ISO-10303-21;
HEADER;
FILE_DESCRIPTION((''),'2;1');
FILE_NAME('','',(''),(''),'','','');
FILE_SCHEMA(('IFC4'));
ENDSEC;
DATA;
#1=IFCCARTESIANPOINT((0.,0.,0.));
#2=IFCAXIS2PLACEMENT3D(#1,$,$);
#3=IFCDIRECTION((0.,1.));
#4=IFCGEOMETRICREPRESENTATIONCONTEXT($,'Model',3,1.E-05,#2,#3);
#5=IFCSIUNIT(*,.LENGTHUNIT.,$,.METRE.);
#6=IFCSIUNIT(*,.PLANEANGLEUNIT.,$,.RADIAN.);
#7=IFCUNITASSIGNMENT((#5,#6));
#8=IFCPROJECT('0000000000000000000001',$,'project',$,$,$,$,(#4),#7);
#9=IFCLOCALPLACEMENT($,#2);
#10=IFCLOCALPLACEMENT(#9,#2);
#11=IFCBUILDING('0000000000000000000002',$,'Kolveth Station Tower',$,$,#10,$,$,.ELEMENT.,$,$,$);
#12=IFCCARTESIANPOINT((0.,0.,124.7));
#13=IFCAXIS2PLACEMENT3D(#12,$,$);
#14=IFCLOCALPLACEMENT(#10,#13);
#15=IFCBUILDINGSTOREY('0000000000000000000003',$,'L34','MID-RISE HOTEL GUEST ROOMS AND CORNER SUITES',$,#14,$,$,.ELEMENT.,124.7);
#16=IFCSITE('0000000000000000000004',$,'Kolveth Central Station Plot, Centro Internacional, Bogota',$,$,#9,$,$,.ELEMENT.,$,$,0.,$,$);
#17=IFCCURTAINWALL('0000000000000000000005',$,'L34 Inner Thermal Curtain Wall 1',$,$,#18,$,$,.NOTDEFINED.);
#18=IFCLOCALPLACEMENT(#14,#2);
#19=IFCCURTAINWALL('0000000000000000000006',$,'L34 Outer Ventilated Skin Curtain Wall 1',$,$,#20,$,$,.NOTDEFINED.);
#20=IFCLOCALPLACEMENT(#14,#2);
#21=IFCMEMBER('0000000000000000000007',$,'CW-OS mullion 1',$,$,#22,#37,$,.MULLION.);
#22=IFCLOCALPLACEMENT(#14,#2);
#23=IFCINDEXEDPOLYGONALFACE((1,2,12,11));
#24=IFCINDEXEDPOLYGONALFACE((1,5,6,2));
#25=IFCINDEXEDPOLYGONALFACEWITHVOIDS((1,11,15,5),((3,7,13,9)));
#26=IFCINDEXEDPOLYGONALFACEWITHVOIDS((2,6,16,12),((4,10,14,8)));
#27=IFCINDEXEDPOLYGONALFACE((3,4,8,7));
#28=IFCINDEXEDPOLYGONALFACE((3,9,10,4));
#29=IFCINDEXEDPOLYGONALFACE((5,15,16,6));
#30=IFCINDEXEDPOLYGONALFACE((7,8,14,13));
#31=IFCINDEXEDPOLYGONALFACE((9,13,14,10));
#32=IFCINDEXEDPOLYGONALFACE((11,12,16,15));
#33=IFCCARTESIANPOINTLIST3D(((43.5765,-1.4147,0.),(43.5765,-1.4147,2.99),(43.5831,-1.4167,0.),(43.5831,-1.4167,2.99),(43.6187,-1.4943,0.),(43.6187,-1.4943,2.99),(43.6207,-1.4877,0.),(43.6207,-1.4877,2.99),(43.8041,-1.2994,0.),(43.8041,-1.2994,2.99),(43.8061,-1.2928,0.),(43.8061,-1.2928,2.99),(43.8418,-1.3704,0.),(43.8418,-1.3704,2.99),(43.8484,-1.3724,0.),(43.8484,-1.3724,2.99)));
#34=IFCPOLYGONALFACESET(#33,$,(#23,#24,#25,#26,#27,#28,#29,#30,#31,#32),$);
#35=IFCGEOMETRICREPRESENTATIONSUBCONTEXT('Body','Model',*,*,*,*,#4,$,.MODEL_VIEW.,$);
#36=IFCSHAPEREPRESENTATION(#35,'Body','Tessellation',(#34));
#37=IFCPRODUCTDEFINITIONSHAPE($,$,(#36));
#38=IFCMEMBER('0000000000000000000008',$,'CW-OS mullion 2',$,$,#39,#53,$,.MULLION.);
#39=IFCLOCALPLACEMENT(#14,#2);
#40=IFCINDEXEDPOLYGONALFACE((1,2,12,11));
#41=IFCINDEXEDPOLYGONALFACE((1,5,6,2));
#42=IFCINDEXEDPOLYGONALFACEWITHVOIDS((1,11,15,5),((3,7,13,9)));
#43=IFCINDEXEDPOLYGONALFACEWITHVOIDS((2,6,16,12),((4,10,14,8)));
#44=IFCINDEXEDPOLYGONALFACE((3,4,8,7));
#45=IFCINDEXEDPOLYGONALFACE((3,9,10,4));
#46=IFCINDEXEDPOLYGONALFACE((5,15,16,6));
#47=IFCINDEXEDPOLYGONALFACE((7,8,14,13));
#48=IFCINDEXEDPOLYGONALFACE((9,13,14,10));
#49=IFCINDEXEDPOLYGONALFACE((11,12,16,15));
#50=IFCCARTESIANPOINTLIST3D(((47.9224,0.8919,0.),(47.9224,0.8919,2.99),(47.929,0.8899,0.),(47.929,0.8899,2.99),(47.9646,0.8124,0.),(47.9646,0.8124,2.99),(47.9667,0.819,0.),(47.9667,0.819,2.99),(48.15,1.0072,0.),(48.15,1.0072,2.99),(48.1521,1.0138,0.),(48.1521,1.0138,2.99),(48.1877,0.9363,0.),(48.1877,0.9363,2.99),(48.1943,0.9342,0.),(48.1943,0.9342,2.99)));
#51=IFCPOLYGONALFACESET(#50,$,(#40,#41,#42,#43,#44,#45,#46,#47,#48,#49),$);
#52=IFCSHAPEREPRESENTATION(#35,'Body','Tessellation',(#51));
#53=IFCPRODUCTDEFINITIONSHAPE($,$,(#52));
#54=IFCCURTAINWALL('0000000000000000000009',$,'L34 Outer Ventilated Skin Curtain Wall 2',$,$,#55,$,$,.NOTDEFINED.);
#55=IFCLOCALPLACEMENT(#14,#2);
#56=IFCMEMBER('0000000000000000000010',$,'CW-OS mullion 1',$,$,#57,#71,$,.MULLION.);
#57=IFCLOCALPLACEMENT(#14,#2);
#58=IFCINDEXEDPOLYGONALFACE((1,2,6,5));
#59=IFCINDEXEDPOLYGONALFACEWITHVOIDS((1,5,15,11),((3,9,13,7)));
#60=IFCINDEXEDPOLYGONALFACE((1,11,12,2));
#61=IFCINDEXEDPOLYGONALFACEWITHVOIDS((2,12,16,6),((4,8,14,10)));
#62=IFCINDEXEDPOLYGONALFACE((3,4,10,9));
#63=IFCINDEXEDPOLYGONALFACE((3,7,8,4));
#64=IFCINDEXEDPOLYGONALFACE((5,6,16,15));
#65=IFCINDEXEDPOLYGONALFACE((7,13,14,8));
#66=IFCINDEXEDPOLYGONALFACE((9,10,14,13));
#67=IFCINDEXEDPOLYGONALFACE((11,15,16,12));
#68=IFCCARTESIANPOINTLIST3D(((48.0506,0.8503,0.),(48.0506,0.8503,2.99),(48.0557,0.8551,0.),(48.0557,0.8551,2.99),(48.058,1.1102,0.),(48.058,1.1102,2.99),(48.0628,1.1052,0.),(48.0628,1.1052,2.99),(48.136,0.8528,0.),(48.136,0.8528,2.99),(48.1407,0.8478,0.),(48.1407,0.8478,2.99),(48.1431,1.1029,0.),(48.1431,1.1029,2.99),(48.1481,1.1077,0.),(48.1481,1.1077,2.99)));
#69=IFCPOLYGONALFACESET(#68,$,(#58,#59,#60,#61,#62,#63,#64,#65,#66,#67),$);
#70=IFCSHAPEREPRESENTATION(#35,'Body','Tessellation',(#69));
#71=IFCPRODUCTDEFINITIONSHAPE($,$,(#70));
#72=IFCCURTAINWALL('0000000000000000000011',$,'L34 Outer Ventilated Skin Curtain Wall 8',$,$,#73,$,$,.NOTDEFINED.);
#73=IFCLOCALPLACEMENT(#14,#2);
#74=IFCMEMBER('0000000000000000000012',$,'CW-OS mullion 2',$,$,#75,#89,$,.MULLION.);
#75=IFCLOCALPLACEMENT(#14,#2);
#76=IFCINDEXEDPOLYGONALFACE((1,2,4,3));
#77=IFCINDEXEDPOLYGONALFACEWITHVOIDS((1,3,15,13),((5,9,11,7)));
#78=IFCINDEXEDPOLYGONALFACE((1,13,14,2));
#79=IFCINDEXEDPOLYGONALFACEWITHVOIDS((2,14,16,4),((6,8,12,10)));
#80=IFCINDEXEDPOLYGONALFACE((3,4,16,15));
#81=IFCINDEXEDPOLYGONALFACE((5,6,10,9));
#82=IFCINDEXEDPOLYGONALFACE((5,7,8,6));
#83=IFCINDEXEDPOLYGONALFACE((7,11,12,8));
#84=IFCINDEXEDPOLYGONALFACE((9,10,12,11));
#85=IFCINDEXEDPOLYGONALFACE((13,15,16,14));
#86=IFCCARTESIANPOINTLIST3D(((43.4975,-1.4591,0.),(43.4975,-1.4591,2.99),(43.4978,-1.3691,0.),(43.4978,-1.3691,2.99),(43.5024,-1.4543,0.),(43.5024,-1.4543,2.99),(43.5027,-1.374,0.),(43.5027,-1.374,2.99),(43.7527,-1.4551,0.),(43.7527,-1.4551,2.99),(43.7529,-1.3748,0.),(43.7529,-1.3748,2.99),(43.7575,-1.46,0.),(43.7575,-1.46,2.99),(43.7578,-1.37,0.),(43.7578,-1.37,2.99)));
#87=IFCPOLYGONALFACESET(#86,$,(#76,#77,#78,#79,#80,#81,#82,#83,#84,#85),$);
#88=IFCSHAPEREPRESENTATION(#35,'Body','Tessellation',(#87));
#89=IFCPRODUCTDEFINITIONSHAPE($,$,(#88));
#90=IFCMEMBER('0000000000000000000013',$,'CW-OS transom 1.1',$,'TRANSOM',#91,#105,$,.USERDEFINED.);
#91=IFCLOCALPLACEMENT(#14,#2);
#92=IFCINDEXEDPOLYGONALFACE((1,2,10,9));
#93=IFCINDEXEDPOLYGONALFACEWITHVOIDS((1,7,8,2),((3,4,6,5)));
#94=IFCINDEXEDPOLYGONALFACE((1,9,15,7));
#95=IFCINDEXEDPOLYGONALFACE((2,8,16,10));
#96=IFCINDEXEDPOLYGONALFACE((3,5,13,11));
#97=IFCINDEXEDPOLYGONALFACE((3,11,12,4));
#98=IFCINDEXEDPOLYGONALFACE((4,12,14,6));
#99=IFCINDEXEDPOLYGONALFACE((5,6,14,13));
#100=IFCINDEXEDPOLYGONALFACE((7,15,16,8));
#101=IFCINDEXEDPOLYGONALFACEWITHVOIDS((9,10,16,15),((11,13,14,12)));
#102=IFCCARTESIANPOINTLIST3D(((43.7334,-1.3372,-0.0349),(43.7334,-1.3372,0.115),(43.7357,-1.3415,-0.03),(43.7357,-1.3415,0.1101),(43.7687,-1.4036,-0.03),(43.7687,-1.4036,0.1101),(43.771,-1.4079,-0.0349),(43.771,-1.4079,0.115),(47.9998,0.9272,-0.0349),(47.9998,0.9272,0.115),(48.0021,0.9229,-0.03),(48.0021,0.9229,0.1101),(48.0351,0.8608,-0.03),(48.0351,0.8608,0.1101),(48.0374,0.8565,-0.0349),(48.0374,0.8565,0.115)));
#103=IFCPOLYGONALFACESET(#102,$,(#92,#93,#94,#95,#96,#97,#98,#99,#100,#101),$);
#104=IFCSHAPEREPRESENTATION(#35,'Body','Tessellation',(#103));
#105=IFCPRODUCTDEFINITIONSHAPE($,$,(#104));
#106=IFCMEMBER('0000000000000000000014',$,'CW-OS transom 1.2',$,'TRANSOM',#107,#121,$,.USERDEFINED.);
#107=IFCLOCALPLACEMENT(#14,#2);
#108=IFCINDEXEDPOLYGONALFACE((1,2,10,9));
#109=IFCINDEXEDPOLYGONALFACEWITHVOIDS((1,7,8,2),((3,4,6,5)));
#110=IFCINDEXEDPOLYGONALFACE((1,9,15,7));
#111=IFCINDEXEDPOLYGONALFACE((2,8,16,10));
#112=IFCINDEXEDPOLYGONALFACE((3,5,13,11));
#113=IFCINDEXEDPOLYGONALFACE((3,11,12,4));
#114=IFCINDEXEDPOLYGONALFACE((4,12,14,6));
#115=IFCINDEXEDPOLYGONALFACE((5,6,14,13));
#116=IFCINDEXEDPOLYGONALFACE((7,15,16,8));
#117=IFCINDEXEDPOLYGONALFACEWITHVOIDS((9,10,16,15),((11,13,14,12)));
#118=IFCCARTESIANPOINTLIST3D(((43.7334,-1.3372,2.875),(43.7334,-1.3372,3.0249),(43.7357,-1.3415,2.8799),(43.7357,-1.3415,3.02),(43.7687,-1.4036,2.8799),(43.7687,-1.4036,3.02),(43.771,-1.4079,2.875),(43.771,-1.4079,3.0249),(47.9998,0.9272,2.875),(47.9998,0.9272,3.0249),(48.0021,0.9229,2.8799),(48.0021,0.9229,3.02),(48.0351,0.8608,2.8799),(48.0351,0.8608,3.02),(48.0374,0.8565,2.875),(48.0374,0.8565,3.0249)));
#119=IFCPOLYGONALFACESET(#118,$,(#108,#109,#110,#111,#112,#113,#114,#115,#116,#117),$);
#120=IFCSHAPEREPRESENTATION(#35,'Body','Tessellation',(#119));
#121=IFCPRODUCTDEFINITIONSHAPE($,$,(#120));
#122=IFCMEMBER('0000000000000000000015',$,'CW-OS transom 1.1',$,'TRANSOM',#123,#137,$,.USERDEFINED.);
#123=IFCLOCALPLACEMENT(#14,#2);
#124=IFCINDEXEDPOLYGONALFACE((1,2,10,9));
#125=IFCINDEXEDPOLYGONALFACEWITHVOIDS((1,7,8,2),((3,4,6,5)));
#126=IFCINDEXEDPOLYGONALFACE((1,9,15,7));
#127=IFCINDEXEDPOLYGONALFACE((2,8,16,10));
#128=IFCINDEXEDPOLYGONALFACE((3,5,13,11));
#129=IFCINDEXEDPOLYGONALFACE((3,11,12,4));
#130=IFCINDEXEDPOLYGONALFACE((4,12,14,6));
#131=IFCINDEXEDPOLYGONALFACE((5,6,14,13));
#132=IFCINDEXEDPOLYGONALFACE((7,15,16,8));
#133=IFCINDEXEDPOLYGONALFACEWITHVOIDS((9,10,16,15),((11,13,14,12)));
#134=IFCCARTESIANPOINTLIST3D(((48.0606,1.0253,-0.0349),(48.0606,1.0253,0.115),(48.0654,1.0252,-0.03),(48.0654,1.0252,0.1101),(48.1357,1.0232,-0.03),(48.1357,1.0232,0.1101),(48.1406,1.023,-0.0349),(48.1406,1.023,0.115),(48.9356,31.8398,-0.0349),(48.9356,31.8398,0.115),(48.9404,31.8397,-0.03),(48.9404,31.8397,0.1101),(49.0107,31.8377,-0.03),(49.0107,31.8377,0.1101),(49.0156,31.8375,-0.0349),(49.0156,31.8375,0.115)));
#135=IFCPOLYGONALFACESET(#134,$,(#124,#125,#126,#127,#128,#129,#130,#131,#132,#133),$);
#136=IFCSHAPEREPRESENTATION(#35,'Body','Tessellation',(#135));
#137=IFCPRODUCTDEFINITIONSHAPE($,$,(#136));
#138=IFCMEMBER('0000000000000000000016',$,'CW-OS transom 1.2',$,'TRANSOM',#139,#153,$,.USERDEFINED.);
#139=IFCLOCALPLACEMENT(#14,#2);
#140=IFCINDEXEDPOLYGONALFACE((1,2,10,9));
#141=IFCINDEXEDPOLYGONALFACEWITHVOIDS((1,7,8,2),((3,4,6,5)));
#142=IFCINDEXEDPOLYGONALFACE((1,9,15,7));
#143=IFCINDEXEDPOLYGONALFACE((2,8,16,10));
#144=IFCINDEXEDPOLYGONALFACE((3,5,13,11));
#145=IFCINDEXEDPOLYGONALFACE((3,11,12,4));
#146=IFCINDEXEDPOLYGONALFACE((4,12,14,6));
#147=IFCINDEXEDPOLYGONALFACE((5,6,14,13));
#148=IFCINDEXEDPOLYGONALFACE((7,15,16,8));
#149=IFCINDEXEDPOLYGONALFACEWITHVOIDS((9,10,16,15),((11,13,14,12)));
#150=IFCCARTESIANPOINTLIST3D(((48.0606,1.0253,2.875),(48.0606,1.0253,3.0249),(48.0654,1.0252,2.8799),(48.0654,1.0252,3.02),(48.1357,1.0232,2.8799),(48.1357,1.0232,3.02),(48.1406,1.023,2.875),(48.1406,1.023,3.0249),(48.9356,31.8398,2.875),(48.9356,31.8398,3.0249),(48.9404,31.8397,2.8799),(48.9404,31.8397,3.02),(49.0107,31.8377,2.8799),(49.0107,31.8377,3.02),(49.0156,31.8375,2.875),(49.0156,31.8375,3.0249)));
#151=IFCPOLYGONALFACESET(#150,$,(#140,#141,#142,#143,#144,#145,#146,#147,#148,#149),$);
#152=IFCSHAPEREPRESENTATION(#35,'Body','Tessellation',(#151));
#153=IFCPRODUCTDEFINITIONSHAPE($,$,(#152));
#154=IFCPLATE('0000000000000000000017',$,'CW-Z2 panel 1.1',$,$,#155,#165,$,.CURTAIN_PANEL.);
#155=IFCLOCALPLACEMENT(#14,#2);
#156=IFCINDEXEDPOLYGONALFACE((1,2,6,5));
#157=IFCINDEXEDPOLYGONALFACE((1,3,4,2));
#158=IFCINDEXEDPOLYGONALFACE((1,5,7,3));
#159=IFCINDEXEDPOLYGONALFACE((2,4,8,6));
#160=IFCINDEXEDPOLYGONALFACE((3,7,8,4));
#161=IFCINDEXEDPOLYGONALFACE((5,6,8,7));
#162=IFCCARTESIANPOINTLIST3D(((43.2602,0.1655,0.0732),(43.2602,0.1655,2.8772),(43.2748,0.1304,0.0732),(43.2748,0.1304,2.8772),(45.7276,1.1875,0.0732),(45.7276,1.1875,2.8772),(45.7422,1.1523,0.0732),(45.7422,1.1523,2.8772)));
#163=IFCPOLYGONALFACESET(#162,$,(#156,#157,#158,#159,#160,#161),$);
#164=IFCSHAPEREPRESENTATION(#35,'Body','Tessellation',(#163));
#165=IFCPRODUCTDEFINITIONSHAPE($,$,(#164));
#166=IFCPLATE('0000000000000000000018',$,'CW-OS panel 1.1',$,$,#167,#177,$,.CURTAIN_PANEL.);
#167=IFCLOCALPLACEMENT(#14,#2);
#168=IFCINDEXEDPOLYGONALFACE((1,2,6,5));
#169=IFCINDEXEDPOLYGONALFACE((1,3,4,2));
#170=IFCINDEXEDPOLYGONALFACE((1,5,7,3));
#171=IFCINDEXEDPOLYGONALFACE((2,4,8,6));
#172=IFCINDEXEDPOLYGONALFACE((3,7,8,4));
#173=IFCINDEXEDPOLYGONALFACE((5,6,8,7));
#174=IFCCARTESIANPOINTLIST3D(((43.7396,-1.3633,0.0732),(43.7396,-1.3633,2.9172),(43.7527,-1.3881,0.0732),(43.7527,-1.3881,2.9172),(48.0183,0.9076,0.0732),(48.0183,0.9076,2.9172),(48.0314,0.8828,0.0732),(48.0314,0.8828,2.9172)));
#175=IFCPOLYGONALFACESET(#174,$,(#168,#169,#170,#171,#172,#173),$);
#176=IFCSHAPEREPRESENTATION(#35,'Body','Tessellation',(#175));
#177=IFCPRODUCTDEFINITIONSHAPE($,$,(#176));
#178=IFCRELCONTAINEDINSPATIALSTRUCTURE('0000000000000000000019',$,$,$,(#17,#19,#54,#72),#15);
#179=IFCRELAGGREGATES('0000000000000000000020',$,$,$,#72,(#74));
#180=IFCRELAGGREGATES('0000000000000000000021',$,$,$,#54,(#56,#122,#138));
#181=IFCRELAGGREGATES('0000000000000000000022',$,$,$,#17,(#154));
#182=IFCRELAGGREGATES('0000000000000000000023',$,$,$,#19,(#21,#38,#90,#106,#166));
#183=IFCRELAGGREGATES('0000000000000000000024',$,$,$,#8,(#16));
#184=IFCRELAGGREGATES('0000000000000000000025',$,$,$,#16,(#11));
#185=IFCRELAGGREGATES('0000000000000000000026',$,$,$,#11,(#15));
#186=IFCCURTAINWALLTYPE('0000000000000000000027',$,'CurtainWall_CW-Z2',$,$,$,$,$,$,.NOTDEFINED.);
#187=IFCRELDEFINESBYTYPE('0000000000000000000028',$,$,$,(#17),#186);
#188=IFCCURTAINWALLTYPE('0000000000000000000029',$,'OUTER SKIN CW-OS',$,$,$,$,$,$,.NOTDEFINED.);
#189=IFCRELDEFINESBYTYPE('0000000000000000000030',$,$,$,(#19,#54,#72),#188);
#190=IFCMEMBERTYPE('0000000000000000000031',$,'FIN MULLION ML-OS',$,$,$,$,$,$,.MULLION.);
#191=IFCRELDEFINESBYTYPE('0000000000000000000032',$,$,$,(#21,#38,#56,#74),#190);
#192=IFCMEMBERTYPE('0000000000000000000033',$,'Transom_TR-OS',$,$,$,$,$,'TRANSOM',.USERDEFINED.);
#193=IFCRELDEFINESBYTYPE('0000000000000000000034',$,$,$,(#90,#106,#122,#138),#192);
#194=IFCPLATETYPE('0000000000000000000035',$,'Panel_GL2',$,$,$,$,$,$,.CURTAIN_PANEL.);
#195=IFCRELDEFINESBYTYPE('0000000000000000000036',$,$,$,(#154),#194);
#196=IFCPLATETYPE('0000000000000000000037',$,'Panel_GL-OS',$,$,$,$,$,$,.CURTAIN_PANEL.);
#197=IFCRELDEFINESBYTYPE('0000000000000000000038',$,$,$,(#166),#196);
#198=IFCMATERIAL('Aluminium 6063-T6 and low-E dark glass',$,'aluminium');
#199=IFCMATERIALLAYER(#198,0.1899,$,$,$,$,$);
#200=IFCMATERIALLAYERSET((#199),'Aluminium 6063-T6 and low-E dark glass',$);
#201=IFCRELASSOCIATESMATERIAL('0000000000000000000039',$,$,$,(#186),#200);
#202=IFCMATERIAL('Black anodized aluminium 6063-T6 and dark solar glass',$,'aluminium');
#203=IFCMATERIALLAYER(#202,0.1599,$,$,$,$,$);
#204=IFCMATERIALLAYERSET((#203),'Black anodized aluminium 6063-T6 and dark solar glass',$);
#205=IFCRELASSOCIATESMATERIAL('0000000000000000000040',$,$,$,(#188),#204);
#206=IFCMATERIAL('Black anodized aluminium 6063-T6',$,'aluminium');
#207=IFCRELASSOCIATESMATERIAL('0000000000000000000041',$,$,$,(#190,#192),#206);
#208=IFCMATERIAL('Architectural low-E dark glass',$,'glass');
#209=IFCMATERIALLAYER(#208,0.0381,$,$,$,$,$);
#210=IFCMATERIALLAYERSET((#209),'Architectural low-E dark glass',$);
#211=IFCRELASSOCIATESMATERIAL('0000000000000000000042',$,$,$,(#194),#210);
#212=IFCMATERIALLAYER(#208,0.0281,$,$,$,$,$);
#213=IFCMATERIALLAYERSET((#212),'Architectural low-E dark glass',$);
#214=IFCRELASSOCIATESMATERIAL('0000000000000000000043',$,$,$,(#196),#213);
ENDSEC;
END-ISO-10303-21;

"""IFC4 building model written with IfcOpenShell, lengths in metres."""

from ifc_helpers import new_model, si_unit, direction, frame, origin, origin_2d, place, context, subcontext, project, spatial, rectangle, hollow_rectangle, extrude, source, transform, mapped, material, layer, layer_set, material_profile, profile_set, type_object, element, aggregate, save


model = new_model("IFC4")

# Units and contexts
model_context = context("Model", 3, precision=1e-05, world=origin(), true_north=direction((0.0, 1.0)))
body_context = subcontext(model_context, "Body", "Model", "MODEL_VIEW")
ifc_project = project(units=[si_unit("LENGTHUNIT", "METRE"), si_unit("PLANEANGLEUNIT", "RADIAN")], contexts=[model_context])

# Site, building, storey
site_placement = place(None, origin())
site = spatial("IfcSite", under=ifc_project, at=site_placement, Name="Kolveth Central Station Plot, Centro Internacional, Bogota", CompositionType="ELEMENT", RefElevation=0.0)
building_placement = place(site_placement, origin())
building = spatial("IfcBuilding", under=site, at=building_placement, Name="Kolveth Station Tower", CompositionType="ELEMENT")
storey_placement = place(building_placement, frame((0.0, 0.0, 124.7)))
storey = spatial("IfcBuildingStorey", under=building, at=storey_placement, Name="L34", Description="MID-RISE HOTEL GUEST ROOMS AND CORNER SUITES", CompositionType="ELEMENT", Elevation=124.7)

# Curtain wall
ifc_material_1 = material(Name="Aluminium 6063-T6 and low-E dark glass", Category="aluminium")
ifc_layer_1 = layer(ifc_material_1, 0.1899)
ifc_layer_set_1 = layer_set([ifc_layer_1], Name="Aluminium 6063-T6 and low-E dark glass")
curtain_wall_type_1 = type_object("IfcCurtainWallType", Name="CurtainWall_CW-Z2", PredefinedType="NOTDEFINED", material=ifc_layer_set_1)
curtain_wall_1_placement = place(storey_placement, origin())
curtain_wall_1 = element("IfcCurtainWall", 1, at=curtain_wall_1_placement, inside=storey, type_object=curtain_wall_type_1, Name="L34 Inner Thermal Curtain Wall 1", PredefinedType="NOTDEFINED")
ifc_material_2 = material(Name="Black anodized aluminium 6063-T6", Category="aluminium")

# Curtain wall, members
ifc_material_3 = material(Name="Black anodized aluminium 6063-T6 and dark solar glass", Category="aluminium")
ifc_layer_2 = layer(ifc_material_3, 0.1599)
ifc_layer_set_2 = layer_set([ifc_layer_2], Name="Black anodized aluminium 6063-T6 and dark solar glass")
curtain_wall_type_2 = type_object("IfcCurtainWallType", Name="OUTER SKIN CW-OS", PredefinedType="NOTDEFINED", material=ifc_layer_set_2)
curtain_wall_2_placement = place(storey_placement, origin())
curtain_wall_2 = element("IfcCurtainWall", 2, at=curtain_wall_2_placement, inside=storey, type_object=curtain_wall_type_2, Name="L34 Outer Ventilated Skin Curtain Wall 1", PredefinedType="NOTDEFINED")
ifc_material_profile_1 = material_profile(ifc_material_2, hollow_rectangle(XDim=0.0901, YDim=0.26, WallThickness=0.0049, at=origin_2d()), Name="ALU-90x260x5")
ifc_profile_set_1 = profile_set([ifc_material_profile_1], Name="Black anodized aluminium 6063-T6")
member_type_1 = type_object("IfcMemberType", Name="FIN MULLION ML-OS", PredefinedType="MULLION", material=ifc_profile_set_1)
shared_shape_1 = source(origin(), body_context, "Body", "SweptSolid", [
    extrude(hollow_rectangle(XDim=0.0901, YDim=0.26, WallThickness=0.0049, at=origin_2d()), origin(), (0.0, 0.0, 1.0), 2.99),
])
member_1_placement = place(storey_placement, frame((43.7124, -1.3936, 0.0), z_axis=(0.0, 0.0, 1.0), x_axis=(-0.468814, 0.883297, 0.0)))
member_1 = element("IfcMember", 3, at=member_1_placement, type_object=member_type_1, Name="CW-OS mullion 1", PredefinedType="MULLION", context=body_context, shape_type="MappedRepresentation", body=[
    mapped(shared_shape_1, transform((0.0, 0.0, 0.0), x_axis=(1.0, 0.0, 0.0), y_axis=(0.0, 1.0, 0.0), z_axis=(0.0, 0.0, 1.0), scale=1.0)),
])
member_2_placement = place(storey_placement, frame((48.0583, 0.9131, 0.0), z_axis=(0.0, 0.0, 1.0), x_axis=(-0.468814, 0.883297, 0.0)))
member_2 = element("IfcMember", 4, at=member_2_placement, type_object=member_type_1, Name="CW-OS mullion 2", PredefinedType="MULLION", context=body_context, shape_type="MappedRepresentation", body=[
    mapped(shared_shape_1, transform((0.0, 0.0, 0.0), x_axis=(1.0, 0.0, 0.0), y_axis=(0.0, 1.0, 0.0), z_axis=(0.0, 0.0, 1.0), scale=1.0)),
])

# Curtain walls, members
curtain_wall_3_placement = place(storey_placement, origin())
curtain_wall_3 = element("IfcCurtainWall", 5, at=curtain_wall_3_placement, inside=storey, type_object=curtain_wall_type_2, Name="L34 Outer Ventilated Skin Curtain Wall 2", PredefinedType="NOTDEFINED")
member_3_placement = place(storey_placement, frame((48.0994, 0.979, 0.0), z_axis=(0.0, 0.0, 1.0), x_axis=(-0.999597, 0.028384, 0.0)))
member_3 = element("IfcMember", 6, at=member_3_placement, type_object=member_type_1, Name="CW-OS mullion 1", PredefinedType="MULLION", context=body_context, shape_type="MappedRepresentation", body=[
    mapped(shared_shape_1, transform((0.0, 0.0, 0.0), x_axis=(1.0, 0.0, 0.0), y_axis=(0.0, 1.0, 0.0), z_axis=(0.0, 0.0, 1.0), scale=1.0)),
])
curtain_wall_4_placement = place(storey_placement, origin())
curtain_wall_4 = element("IfcCurtainWall", 7, at=curtain_wall_4_placement, inside=storey, type_object=curtain_wall_type_2, Name="L34 Outer Ventilated Skin Curtain Wall 8", PredefinedType="NOTDEFINED")
member_4_placement = place(storey_placement, frame((43.6277, -1.4146, 0.0), z_axis=(0.0, 0.0, 1.0), x_axis=(0.003434, 0.999994, 0.0)))
member_4 = element("IfcMember", 8, at=member_4_placement, type_object=member_type_1, Name="CW-OS mullion 2", PredefinedType="MULLION", context=body_context, shape_type="MappedRepresentation", body=[
    mapped(shared_shape_1, transform((0.0, 0.0, 0.0), x_axis=(1.0, 0.0, 0.0), y_axis=(0.0, 1.0, 0.0), z_axis=(0.0, 0.0, 1.0), scale=1.0)),
])
aggregate(curtain_wall_4, [member_4])

# Members
ifc_material_profile_2 = material_profile(ifc_material_2, hollow_rectangle(XDim=0.0801, YDim=0.1499, WallThickness=0.0049, at=origin_2d()), Name="ALU-80x150x5")
ifc_profile_set_2 = profile_set([ifc_material_profile_2], Name="Black anodized aluminium 6063-T6")
member_type_2 = type_object("IfcMemberType", Name="Transom_TR-OS", ElementType="TRANSOM", PredefinedType="USERDEFINED", material=ifc_profile_set_2)
shared_shape_2 = source(origin(), body_context, "Body", "SweptSolid", [
    extrude(hollow_rectangle(XDim=0.0801, YDim=0.1499, WallThickness=0.0049, at=origin_2d()), origin(), (0.0, 0.0, 1.0), 4.8301),
])
member_5_placement = place(storey_placement, frame((43.7522, -1.3726, 0.04), z_axis=(0.883296, 0.468816, 0.0), x_axis=(-0.468816, 0.883296, 0.0)))
member_5 = element("IfcMember", 9, at=member_5_placement, type_object=member_type_2, Name="CW-OS transom 1.1", ObjectType="TRANSOM", PredefinedType="USERDEFINED", context=body_context, shape_type="MappedRepresentation", body=[
    mapped(shared_shape_2, transform((0.0, 0.0, 0.0), x_axis=(1.0, 0.0, 0.0), y_axis=(0.0, 1.0, 0.0), z_axis=(0.0, 0.0, 1.0), scale=1.0)),
])
member_6_placement = place(storey_placement, frame((43.7522, -1.3726, 2.95), z_axis=(0.883296, 0.468816, 0.0), x_axis=(-0.468816, 0.883296, 0.0)))
member_6 = element("IfcMember", 10, at=member_6_placement, type_object=member_type_2, Name="CW-OS transom 1.2", ObjectType="TRANSOM", PredefinedType="USERDEFINED", context=body_context, shape_type="MappedRepresentation", body=[
    mapped(shared_shape_2, transform((0.0, 0.0, 0.0), x_axis=(1.0, 0.0, 0.0), y_axis=(0.0, 1.0, 0.0), z_axis=(0.0, 0.0, 1.0), scale=1.0)),
])
shared_shape_3 = source(origin(), body_context, "Body", "SweptSolid", [
    extrude(hollow_rectangle(XDim=0.0801, YDim=0.1499, WallThickness=0.0049, at=origin_2d()), origin(), (0.0, 0.0, 1.0), 30.8269),
])
member_7_placement = place(storey_placement, frame((48.1006, 1.0242, 0.04), z_axis=(0.028384, 0.999597, 0.0), x_axis=(-0.999597, 0.028384, 0.0)))
member_7 = element("IfcMember", 11, at=member_7_placement, type_object=member_type_2, Name="CW-OS transom 1.1", ObjectType="TRANSOM", PredefinedType="USERDEFINED", context=body_context, shape_type="MappedRepresentation", body=[
    mapped(shared_shape_3, transform((0.0, 0.0, 0.0), x_axis=(1.0, 0.0, 0.0), y_axis=(0.0, 1.0, 0.0), z_axis=(0.0, 0.0, 1.0), scale=1.0)),
])
member_8_placement = place(storey_placement, frame((48.1006, 1.0242, 2.95), z_axis=(0.028384, 0.999597, 0.0), x_axis=(-0.999597, 0.028384, 0.0)))
member_8 = element("IfcMember", 12, at=member_8_placement, type_object=member_type_2, Name="CW-OS transom 1.2", ObjectType="TRANSOM", PredefinedType="USERDEFINED", context=body_context, shape_type="MappedRepresentation", body=[
    mapped(shared_shape_3, transform((0.0, 0.0, 0.0), x_axis=(1.0, 0.0, 0.0), y_axis=(0.0, 1.0, 0.0), z_axis=(0.0, 0.0, 1.0), scale=1.0)),
])
aggregate(curtain_wall_3, [member_3, member_7, member_8])

# Plates
ifc_material_4 = material(Name="Architectural low-E dark glass", Category="glass")
ifc_layer_3 = layer(ifc_material_4, 0.0381)
ifc_layer_set_3 = layer_set([ifc_layer_3], Name="Architectural low-E dark glass")
plate_type_1 = type_object("IfcPlateType", Name="Panel_GL2", PredefinedType="CURTAIN_PANEL", material=ifc_layer_set_3)
shared_shape_4 = source(origin(), body_context, "Body", "SweptSolid", [
    extrude(rectangle(XDim=2.6707, YDim=0.0381, at=origin_2d()), origin(), (0.0, 0.0, 1.0), 2.804),
])
plate_1_placement = place(storey_placement, frame((44.5012, 0.6589, 0.0732), z_axis=(0.0, 0.0, 1.0), x_axis=(0.923888, 0.382663, 0.0)))
plate_1 = element("IfcPlate", 13, at=plate_1_placement, type_object=plate_type_1, Name="CW-Z2 panel 1.1", PredefinedType="CURTAIN_PANEL", context=body_context, shape_type="MappedRepresentation", body=[
    mapped(shared_shape_4, transform((0.0, 0.0, 0.0), x_axis=(1.0, 0.0, 0.0), y_axis=(0.0, 1.0, 0.0), z_axis=(0.0, 0.0, 1.0), scale=1.0)),
])
aggregate(curtain_wall_1, [plate_1])
ifc_layer_4 = layer(ifc_material_4, 0.0281)
ifc_layer_set_4 = layer_set([ifc_layer_4], Name="Architectural low-E dark glass")
plate_type_2 = type_object("IfcPlateType", Name="Panel_GL-OS", PredefinedType="CURTAIN_PANEL", material=ifc_layer_set_4)
shared_shape_5 = source(origin(), body_context, "Body", "SweptSolid", [
    extrude(rectangle(XDim=4.844, YDim=0.0281, at=origin_2d()), origin(), (0.0, 0.0, 1.0), 2.844),
])
plate_2_placement = place(storey_placement, frame((45.8855, -0.2402, 0.0732), z_axis=(0.0, 0.0, 1.0), x_axis=(0.883297, 0.468814, 0.0)))
plate_2 = element("IfcPlate", 14, at=plate_2_placement, type_object=plate_type_2, Name="CW-OS panel 1.1", PredefinedType="CURTAIN_PANEL", context=body_context, shape_type="MappedRepresentation", body=[
    mapped(shared_shape_5, transform((0.0, 0.0, 0.0), x_axis=(1.0, 0.0, 0.0), y_axis=(0.0, 1.0, 0.0), z_axis=(0.0, 0.0, 1.0), scale=1.0)),
])
aggregate(curtain_wall_2, [member_1, member_2, member_5, member_6, plate_2])

save(model, "model.ifc")
